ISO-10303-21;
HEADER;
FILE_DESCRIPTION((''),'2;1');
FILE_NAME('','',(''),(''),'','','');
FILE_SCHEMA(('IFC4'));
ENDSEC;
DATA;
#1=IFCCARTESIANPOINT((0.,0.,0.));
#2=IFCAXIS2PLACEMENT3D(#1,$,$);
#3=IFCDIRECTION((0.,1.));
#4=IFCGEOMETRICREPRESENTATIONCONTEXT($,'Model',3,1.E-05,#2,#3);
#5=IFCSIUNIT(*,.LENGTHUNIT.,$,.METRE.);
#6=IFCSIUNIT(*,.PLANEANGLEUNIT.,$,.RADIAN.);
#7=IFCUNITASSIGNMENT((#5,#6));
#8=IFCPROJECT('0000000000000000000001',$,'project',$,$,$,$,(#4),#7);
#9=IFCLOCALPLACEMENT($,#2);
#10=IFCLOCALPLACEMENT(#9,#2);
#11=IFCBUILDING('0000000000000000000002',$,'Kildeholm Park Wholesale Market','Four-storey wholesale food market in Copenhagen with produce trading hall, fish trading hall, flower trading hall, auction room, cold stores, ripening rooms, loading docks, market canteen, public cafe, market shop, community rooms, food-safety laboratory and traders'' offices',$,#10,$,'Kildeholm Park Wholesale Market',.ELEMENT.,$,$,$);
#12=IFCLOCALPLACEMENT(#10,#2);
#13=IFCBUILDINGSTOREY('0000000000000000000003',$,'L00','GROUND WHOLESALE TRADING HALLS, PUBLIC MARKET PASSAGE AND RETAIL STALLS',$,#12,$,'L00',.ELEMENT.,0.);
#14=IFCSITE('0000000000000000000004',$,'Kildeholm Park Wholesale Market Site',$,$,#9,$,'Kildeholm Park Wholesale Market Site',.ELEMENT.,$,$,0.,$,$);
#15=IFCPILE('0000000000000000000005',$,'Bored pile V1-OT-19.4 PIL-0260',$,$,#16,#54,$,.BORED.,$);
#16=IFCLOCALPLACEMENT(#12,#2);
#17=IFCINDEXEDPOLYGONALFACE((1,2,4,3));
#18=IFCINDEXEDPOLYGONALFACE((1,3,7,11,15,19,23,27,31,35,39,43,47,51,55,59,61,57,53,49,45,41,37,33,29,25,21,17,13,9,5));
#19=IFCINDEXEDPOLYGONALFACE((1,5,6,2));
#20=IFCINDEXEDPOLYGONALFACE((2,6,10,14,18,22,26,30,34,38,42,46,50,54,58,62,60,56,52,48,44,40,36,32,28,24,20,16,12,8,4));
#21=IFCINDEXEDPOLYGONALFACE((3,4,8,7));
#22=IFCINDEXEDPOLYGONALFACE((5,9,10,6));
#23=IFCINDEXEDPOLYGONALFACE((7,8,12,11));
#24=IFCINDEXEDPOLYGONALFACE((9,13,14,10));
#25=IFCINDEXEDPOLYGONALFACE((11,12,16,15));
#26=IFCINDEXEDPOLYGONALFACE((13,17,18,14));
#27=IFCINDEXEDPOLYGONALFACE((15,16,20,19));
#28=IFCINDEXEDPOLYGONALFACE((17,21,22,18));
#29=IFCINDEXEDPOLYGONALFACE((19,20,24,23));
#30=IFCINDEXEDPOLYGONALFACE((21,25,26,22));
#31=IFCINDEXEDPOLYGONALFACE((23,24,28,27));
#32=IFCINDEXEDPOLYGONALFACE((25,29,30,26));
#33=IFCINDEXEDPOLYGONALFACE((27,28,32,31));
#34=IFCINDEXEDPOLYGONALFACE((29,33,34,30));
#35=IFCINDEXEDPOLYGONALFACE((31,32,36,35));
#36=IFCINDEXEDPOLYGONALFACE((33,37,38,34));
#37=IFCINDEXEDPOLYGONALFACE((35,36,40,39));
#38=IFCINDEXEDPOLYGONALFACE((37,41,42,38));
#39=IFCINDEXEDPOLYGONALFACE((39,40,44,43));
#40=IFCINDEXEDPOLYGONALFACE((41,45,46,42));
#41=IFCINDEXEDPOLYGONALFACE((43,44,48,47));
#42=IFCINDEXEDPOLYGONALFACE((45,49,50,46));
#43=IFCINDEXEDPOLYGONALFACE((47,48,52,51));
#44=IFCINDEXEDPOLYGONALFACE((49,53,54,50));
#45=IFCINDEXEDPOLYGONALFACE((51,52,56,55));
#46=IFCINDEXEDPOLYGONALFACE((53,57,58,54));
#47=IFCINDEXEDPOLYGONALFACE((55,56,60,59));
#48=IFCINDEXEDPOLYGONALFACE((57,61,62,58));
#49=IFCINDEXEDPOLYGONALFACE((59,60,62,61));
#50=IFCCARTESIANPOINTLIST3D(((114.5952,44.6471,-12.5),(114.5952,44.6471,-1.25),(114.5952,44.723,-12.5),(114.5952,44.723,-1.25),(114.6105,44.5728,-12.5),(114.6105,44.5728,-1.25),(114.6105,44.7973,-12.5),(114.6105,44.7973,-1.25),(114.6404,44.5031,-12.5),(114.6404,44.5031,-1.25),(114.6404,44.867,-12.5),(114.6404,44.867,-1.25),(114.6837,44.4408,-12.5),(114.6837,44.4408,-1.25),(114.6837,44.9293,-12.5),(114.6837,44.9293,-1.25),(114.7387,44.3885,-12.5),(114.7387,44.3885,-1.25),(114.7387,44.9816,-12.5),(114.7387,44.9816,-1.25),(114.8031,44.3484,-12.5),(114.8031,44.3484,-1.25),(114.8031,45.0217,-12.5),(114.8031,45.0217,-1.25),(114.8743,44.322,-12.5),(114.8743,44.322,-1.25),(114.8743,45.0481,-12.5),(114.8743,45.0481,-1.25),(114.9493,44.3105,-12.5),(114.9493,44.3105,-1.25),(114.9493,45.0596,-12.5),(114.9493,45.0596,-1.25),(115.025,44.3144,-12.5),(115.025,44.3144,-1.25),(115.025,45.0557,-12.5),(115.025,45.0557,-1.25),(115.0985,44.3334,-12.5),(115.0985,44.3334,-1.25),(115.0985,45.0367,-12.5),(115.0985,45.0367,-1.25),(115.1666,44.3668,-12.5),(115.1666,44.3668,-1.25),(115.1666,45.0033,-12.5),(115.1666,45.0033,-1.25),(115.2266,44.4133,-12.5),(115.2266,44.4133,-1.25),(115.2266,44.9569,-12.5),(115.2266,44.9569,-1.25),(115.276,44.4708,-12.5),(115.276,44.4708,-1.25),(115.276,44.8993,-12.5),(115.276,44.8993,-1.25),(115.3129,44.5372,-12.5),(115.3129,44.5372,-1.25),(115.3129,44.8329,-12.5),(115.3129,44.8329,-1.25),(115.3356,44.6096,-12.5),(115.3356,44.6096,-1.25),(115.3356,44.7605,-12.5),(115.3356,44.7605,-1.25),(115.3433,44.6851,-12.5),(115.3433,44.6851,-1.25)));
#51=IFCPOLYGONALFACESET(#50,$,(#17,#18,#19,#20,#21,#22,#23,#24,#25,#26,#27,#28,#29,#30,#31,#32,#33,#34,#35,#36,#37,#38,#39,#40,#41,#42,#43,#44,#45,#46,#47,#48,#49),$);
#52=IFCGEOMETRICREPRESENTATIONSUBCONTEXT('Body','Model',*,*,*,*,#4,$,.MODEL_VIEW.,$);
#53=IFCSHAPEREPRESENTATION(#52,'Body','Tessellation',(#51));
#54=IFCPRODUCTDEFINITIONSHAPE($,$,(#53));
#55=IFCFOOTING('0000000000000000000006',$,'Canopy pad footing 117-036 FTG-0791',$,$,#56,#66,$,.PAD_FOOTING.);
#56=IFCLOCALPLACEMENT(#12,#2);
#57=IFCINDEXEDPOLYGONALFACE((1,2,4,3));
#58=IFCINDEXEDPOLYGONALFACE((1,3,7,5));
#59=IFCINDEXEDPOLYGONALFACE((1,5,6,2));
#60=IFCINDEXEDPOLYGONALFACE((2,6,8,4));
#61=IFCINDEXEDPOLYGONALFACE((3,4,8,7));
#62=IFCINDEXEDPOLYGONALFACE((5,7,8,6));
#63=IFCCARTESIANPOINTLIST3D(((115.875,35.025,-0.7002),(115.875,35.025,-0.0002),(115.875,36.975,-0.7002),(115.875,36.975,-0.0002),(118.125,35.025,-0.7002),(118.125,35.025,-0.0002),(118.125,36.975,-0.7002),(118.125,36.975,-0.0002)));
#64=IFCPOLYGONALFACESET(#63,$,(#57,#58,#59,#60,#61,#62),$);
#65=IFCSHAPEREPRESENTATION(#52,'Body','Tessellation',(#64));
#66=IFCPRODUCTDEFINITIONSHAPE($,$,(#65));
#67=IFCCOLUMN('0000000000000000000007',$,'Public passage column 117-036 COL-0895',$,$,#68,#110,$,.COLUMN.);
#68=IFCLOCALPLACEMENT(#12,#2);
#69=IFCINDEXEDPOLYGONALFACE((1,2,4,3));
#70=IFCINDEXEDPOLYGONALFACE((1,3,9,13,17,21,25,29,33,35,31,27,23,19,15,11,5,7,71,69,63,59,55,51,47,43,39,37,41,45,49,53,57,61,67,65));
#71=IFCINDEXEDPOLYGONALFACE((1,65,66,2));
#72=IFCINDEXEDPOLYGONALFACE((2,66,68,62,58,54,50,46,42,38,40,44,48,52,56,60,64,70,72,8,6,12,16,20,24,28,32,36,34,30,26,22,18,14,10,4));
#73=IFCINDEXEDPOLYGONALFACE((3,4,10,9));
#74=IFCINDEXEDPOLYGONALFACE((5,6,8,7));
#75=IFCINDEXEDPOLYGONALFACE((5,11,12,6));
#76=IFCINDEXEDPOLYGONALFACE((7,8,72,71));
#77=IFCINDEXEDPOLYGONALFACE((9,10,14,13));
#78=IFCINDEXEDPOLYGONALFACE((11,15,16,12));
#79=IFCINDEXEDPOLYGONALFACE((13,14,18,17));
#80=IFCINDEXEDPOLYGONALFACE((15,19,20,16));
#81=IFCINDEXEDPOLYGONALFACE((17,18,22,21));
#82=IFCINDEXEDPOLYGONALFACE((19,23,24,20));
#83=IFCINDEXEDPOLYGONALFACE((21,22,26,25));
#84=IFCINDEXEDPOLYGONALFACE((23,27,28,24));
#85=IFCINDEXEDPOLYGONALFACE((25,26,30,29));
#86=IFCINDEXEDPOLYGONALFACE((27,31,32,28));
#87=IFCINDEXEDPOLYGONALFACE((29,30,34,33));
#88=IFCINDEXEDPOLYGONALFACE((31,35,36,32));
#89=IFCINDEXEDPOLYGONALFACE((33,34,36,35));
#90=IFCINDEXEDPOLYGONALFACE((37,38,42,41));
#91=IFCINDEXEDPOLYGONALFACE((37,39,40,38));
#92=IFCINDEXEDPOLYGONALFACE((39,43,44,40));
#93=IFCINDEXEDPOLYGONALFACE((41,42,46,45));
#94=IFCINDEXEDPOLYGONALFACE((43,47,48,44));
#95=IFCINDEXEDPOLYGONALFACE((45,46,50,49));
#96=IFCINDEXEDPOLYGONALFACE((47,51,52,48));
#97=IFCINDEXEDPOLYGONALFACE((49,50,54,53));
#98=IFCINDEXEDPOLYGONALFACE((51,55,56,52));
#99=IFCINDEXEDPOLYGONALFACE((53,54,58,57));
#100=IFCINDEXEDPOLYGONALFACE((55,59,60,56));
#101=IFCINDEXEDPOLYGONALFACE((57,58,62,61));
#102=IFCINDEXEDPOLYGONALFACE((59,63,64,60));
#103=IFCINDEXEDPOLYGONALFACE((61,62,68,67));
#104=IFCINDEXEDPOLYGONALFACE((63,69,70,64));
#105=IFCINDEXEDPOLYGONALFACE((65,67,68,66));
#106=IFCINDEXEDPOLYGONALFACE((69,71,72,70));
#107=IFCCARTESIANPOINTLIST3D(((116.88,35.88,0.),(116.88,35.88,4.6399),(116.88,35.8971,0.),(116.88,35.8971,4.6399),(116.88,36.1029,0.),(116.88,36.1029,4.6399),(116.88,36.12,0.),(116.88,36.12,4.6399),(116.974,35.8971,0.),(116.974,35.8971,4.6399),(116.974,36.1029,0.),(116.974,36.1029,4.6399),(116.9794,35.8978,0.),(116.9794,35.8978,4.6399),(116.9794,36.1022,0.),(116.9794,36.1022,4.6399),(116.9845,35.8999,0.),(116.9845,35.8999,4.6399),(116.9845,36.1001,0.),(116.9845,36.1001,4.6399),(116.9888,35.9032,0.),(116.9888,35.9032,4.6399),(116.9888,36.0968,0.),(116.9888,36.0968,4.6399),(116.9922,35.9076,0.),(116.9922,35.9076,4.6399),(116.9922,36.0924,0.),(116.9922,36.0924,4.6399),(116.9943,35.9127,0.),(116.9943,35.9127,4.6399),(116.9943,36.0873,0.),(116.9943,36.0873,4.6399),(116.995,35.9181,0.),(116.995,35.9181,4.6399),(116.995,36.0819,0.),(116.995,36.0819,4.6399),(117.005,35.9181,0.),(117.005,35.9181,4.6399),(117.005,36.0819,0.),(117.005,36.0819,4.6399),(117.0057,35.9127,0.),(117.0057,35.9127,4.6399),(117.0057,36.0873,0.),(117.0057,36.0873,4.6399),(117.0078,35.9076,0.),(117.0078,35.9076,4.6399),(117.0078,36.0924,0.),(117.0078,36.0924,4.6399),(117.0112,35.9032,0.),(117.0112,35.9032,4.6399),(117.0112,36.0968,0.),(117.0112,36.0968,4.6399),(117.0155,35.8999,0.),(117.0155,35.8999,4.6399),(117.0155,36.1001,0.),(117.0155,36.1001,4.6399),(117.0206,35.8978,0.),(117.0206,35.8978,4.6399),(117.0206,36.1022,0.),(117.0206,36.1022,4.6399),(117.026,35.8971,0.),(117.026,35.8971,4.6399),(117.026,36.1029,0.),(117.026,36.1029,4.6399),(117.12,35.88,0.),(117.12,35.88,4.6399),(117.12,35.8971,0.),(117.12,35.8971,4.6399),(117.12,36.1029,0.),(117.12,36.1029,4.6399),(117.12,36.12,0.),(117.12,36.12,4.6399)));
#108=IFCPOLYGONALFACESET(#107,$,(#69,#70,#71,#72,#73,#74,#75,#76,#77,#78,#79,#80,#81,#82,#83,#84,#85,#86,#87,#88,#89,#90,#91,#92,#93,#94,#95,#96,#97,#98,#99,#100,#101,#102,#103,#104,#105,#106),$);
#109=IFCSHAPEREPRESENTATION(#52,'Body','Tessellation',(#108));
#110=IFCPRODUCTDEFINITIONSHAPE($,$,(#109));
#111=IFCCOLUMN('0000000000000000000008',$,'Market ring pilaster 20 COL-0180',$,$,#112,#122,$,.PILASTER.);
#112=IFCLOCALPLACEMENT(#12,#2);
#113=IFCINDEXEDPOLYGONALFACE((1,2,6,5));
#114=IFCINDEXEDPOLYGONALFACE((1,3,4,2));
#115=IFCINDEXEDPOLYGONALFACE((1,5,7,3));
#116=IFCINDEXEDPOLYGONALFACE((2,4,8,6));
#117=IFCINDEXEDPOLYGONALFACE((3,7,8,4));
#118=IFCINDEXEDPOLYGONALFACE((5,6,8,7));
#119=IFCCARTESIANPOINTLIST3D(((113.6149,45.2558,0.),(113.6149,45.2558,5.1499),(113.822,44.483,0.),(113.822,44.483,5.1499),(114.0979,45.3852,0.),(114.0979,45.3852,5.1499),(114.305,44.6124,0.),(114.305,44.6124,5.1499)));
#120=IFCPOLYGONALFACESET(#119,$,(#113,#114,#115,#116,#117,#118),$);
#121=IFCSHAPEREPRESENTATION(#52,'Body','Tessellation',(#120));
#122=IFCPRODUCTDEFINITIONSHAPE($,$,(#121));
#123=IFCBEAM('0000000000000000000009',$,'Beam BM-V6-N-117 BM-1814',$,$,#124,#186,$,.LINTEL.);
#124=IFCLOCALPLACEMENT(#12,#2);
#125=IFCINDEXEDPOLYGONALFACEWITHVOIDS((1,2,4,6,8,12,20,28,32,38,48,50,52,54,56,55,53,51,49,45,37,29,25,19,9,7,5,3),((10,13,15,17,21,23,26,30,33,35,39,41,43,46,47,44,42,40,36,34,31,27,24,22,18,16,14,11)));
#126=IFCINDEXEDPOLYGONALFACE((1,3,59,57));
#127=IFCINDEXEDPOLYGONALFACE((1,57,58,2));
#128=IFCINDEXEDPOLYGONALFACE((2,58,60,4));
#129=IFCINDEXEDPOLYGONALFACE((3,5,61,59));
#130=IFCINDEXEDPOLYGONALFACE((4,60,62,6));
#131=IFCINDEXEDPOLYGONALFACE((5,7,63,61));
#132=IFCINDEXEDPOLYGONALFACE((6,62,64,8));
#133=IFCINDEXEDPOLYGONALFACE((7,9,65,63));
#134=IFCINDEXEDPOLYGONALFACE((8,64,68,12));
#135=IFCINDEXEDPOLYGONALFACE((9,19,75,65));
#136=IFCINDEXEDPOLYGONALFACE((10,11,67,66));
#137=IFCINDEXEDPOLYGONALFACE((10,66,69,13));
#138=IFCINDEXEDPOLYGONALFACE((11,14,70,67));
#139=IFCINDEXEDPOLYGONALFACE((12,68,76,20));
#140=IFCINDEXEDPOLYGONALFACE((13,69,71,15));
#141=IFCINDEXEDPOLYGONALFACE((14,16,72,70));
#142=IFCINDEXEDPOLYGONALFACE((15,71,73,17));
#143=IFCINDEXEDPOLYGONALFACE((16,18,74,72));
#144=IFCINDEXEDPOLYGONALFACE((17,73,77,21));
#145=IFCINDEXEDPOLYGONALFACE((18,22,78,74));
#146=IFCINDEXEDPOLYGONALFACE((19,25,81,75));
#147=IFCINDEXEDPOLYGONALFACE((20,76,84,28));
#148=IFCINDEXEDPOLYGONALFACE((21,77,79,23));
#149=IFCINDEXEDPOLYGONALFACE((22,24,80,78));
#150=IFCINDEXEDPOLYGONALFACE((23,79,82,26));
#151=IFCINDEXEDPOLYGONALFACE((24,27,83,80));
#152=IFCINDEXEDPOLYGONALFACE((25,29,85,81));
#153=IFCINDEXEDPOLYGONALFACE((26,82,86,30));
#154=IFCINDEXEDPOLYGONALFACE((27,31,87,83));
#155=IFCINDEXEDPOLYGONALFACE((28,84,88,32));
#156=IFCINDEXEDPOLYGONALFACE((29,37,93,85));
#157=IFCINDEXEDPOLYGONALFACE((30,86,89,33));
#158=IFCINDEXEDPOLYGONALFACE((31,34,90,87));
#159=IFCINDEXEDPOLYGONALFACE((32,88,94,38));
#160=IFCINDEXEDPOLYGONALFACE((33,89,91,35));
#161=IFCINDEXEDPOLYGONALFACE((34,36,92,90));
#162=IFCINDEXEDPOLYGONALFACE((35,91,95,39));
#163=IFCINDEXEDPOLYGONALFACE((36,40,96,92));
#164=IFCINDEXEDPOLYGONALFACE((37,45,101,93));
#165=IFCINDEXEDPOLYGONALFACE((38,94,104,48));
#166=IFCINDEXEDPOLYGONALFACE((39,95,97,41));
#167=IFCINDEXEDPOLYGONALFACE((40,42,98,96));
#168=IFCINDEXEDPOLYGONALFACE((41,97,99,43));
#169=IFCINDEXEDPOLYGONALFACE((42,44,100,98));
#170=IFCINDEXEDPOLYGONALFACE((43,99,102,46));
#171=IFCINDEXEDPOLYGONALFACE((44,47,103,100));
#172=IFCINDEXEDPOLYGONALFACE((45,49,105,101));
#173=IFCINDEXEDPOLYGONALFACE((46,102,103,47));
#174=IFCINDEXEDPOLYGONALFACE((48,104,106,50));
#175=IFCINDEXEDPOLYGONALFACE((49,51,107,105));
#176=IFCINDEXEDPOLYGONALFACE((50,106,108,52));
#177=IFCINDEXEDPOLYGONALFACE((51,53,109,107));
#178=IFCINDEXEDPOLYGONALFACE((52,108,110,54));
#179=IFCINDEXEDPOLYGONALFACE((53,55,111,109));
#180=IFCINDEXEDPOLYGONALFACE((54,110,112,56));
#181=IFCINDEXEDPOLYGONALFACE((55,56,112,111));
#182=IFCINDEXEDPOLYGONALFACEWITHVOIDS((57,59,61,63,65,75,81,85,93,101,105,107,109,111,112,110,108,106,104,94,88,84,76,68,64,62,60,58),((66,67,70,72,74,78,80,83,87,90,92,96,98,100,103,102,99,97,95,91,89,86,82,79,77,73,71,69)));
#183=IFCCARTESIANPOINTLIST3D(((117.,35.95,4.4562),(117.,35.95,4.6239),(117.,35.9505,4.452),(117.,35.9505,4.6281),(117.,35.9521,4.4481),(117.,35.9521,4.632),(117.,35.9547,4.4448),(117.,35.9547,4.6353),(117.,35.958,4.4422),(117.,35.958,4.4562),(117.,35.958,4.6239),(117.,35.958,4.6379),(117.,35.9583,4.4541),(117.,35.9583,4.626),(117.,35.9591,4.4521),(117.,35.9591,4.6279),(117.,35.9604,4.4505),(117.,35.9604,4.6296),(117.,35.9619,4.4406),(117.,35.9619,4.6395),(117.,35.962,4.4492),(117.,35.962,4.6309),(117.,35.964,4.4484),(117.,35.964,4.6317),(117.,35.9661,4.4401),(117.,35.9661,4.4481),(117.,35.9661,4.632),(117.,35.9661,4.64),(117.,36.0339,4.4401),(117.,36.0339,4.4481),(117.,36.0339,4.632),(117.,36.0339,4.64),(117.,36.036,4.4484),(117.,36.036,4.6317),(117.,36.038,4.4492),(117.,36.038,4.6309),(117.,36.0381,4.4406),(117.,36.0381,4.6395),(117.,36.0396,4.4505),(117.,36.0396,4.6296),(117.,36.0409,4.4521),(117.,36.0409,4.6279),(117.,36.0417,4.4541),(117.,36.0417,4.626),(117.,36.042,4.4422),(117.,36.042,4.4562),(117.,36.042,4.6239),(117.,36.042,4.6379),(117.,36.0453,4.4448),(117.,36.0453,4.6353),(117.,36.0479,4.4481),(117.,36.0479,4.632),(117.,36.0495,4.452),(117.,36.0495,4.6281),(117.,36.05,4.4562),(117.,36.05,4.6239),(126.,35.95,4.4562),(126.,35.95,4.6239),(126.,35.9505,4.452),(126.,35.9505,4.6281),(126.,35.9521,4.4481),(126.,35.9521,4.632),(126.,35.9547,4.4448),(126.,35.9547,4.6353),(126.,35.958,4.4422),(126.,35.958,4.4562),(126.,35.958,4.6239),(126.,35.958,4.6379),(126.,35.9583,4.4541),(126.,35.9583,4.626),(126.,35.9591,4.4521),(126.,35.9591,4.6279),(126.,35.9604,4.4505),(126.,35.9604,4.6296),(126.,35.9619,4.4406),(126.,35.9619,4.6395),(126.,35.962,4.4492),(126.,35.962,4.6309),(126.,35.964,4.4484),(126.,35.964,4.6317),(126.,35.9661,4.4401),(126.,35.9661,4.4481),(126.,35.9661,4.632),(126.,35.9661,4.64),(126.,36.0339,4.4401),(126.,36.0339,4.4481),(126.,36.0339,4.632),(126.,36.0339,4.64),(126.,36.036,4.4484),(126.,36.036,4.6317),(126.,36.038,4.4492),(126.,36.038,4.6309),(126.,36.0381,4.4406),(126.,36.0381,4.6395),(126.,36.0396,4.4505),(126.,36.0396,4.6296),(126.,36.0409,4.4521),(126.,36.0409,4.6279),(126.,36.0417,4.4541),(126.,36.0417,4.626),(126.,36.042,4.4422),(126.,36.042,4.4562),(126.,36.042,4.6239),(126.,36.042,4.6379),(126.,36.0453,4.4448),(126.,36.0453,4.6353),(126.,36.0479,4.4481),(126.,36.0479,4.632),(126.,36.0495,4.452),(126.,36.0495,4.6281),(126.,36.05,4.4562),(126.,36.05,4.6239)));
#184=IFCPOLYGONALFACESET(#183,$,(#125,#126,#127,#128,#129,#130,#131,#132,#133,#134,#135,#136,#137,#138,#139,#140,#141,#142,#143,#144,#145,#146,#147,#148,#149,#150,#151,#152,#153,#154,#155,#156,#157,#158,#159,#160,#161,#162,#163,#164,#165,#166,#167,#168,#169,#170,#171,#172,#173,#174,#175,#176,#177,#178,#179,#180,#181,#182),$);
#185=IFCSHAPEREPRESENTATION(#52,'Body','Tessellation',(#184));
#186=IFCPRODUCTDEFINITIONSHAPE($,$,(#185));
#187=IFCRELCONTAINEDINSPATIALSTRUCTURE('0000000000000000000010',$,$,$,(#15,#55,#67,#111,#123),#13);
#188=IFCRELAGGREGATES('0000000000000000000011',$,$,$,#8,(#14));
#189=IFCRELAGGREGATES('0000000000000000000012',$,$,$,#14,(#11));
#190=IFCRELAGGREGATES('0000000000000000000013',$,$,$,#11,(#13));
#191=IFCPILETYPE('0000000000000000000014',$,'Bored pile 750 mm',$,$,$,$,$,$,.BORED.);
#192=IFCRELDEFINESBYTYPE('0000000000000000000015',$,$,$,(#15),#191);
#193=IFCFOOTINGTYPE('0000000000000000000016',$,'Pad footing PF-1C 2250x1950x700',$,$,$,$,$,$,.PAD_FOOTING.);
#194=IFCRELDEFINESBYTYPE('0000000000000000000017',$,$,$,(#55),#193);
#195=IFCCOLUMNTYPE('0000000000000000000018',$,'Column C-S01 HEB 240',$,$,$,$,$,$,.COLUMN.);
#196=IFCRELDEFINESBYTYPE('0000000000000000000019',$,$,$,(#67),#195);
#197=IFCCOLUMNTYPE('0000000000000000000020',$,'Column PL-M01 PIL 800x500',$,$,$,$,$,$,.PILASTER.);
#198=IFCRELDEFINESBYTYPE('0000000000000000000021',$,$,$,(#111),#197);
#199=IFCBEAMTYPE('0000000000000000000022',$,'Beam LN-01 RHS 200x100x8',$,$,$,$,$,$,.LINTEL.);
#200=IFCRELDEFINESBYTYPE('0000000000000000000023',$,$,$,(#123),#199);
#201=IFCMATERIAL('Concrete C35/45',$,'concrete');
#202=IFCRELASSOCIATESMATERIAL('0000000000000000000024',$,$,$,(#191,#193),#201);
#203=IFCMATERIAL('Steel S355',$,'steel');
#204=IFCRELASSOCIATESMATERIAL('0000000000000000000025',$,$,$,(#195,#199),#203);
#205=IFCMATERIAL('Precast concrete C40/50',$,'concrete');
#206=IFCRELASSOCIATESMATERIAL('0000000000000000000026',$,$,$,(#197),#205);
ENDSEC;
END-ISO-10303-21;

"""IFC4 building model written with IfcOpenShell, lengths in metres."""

from ifc_helpers import new_model, si_unit, direction, frame, origin, origin_2d, place, context, subcontext, project, spatial, rectangle, hollow_rectangle, circle, i_section, extrude, material, material_profile, profile_set, type_object, element, save


model = new_model("IFC4")

# Units and contexts
model_context = context("Model", 3, precision=1e-05, world=origin(), true_north=direction((0.0, 1.0)))
body_context = subcontext(model_context, "Body", "Model", "MODEL_VIEW")
ifc_project = project(units=[si_unit("LENGTHUNIT", "METRE"), si_unit("PLANEANGLEUNIT", "RADIAN")], contexts=[model_context])

# Site, building, storey
site_placement = place(None, origin())
site = spatial("IfcSite", under=ifc_project, at=site_placement, Name="Kildeholm Park Wholesale Market Site", LongName="Kildeholm Park Wholesale Market Site", CompositionType="ELEMENT", RefElevation=0.0)
building_placement = place(site_placement, origin())
building = spatial("IfcBuilding", under=site, at=building_placement, Name="Kildeholm Park Wholesale Market", Description="Four-storey wholesale food market in Copenhagen with produce trading hall, fish trading hall, flower trading hall, auction room, cold stores, ripening rooms, loading docks, market canteen, public cafe, market shop, community rooms, food-safety laboratory and traders' offices", LongName="Kildeholm Park Wholesale Market", CompositionType="ELEMENT")
storey_placement = place(building_placement, origin())
storey = spatial("IfcBuildingStorey", under=building, at=storey_placement, Name="L00", Description="GROUND WHOLESALE TRADING HALLS, PUBLIC MARKET PASSAGE AND RETAIL STALLS", LongName="L00", CompositionType="ELEMENT", Elevation=0.0)

# Pile
ifc_material_1 = material(Name="Concrete C35/45", Category="concrete")
ifc_material_profile_1 = material_profile(ifc_material_1, circle(Radius=0.375, at=origin_2d()), Name="PILE D750")
ifc_profile_set_1 = profile_set([ifc_material_profile_1], Name="Concrete C35/45")
pile_type = type_object("IfcPileType", Name="Bored pile 750 mm", PredefinedType="BORED", material=ifc_profile_set_1)
pile_placement = place(storey_placement, frame((114.9683, 44.6851, -1.25), z_axis=(0.0, 0.0, -1.0), x_axis=(1.0, 0.0, 0.0)))
element("IfcPile", 1, at=pile_placement, inside=storey, type_object=pile_type, Name="Bored pile V1-OT-19.4 PIL-0260", PredefinedType="BORED", context=body_context, shape_type="SweptSolid", body=[
    extrude(circle(Radius=0.375, at=origin_2d()), origin(), (0.0, 0.0, 1.0), 11.25),
])

# Footing
footing_type = type_object("IfcFootingType", Name="Pad footing PF-1C 2250x1950x700", PredefinedType="PAD_FOOTING", material=ifc_material_1)
footing_placement = place(storey_placement, frame((117.0, 36.0, -0.7002), z_axis=(0.0, 0.0, 1.0), x_axis=(1.0, 0.0, 0.0)))
element("IfcFooting", 2, at=footing_placement, inside=storey, type_object=footing_type, Name="Canopy pad footing 117-036 FTG-0791", PredefinedType="PAD_FOOTING", context=body_context, shape_type="SweptSolid", body=[
    extrude(rectangle(XDim=2.25, YDim=1.95, at=origin_2d()), origin(), (0.0, 0.0, 1.0), 0.7),
])

# Columns
ifc_material_2 = material(Name="Steel S355", Category="steel")
ifc_material_profile_2 = material_profile(ifc_material_2, i_section(OverallWidth=0.24, OverallDepth=0.24, WebThickness=0.01, FlangeThickness=0.0171, FilletRadius=0.021, at=origin_2d()), Name="HEB 240")
ifc_profile_set_2 = profile_set([ifc_material_profile_2], Name="Steel S355")
column_type_1 = type_object("IfcColumnType", Name="Column C-S01 HEB 240", PredefinedType="COLUMN", material=ifc_profile_set_2)
column_1_placement = place(storey_placement, frame((117.0, 36.0, 0.0), z_axis=(0.0, 0.0, 1.0), x_axis=(1.0, 0.0, 0.0)))
element("IfcColumn", 3, at=column_1_placement, inside=storey, type_object=column_type_1, Name="Public passage column 117-036 COL-0895", PredefinedType="COLUMN", context=body_context, shape_type="SweptSolid", body=[
    extrude(i_section(OverallWidth=0.24, OverallDepth=0.24, WebThickness=0.01, FlangeThickness=0.0171, FilletRadius=0.021, at=origin_2d()), origin(), (0.0, 0.0, 1.0), 4.6399),
])
ifc_material_3 = material(Name="Precast concrete C40/50", Category="concrete")
ifc_material_profile_3 = material_profile(ifc_material_3, rectangle(XDim=0.8, YDim=0.5, at=origin_2d()), Name="PIL 800x500")
ifc_profile_set_3 = profile_set([ifc_material_profile_3], Name="Precast concrete C40/50")
column_type_2 = type_object("IfcColumnType", Name="Column PL-M01 PIL 800x500", PredefinedType="PILASTER", material=ifc_profile_set_3)
column_2_placement = place(storey_placement, frame((113.96, 44.9341, 0.0), z_axis=(0.0, 0.0, 1.0), x_axis=(0.258819, -0.965926, 0.0)))
element("IfcColumn", 4, at=column_2_placement, inside=storey, type_object=column_type_2, Name="Market ring pilaster 20 COL-0180", PredefinedType="PILASTER", context=body_context, shape_type="SweptSolid", body=[
    extrude(rectangle(XDim=0.8, YDim=0.5, at=origin_2d()), origin(), (0.0, 0.0, 1.0), 5.1499),
])

# Beam
ifc_material_profile_4 = material_profile(ifc_material_2, hollow_rectangle(XDim=0.1001, YDim=0.2, WallThickness=0.0081, InnerFilletRadius=0.0081, OuterFilletRadius=0.0161, at=origin_2d()), Name="RHS 200x100x8")
ifc_profile_set_4 = profile_set([ifc_material_profile_4], Name="Steel S355")
beam_type = type_object("IfcBeamType", Name="Beam LN-01 RHS 200x100x8", PredefinedType="LINTEL", material=ifc_profile_set_4)
beam_placement = place(storey_placement, frame((117.0, 36.0, 4.54), z_axis=(1.0, 0.0, 0.0), x_axis=(0.0, 1.0, 0.0)))
element("IfcBeam", 5, at=beam_placement, inside=storey, type_object=beam_type, Name="Beam BM-V6-N-117 BM-1814", PredefinedType="LINTEL", context=body_context, shape_type="SweptSolid", body=[
    extrude(hollow_rectangle(XDim=0.1001, YDim=0.2, WallThickness=0.0081, InnerFilletRadius=0.0081, OuterFilletRadius=0.0161, at=origin_2d()), origin(), (0.0, 0.0, 1.0), 9.0),
])

save(model, "model.ifc")
